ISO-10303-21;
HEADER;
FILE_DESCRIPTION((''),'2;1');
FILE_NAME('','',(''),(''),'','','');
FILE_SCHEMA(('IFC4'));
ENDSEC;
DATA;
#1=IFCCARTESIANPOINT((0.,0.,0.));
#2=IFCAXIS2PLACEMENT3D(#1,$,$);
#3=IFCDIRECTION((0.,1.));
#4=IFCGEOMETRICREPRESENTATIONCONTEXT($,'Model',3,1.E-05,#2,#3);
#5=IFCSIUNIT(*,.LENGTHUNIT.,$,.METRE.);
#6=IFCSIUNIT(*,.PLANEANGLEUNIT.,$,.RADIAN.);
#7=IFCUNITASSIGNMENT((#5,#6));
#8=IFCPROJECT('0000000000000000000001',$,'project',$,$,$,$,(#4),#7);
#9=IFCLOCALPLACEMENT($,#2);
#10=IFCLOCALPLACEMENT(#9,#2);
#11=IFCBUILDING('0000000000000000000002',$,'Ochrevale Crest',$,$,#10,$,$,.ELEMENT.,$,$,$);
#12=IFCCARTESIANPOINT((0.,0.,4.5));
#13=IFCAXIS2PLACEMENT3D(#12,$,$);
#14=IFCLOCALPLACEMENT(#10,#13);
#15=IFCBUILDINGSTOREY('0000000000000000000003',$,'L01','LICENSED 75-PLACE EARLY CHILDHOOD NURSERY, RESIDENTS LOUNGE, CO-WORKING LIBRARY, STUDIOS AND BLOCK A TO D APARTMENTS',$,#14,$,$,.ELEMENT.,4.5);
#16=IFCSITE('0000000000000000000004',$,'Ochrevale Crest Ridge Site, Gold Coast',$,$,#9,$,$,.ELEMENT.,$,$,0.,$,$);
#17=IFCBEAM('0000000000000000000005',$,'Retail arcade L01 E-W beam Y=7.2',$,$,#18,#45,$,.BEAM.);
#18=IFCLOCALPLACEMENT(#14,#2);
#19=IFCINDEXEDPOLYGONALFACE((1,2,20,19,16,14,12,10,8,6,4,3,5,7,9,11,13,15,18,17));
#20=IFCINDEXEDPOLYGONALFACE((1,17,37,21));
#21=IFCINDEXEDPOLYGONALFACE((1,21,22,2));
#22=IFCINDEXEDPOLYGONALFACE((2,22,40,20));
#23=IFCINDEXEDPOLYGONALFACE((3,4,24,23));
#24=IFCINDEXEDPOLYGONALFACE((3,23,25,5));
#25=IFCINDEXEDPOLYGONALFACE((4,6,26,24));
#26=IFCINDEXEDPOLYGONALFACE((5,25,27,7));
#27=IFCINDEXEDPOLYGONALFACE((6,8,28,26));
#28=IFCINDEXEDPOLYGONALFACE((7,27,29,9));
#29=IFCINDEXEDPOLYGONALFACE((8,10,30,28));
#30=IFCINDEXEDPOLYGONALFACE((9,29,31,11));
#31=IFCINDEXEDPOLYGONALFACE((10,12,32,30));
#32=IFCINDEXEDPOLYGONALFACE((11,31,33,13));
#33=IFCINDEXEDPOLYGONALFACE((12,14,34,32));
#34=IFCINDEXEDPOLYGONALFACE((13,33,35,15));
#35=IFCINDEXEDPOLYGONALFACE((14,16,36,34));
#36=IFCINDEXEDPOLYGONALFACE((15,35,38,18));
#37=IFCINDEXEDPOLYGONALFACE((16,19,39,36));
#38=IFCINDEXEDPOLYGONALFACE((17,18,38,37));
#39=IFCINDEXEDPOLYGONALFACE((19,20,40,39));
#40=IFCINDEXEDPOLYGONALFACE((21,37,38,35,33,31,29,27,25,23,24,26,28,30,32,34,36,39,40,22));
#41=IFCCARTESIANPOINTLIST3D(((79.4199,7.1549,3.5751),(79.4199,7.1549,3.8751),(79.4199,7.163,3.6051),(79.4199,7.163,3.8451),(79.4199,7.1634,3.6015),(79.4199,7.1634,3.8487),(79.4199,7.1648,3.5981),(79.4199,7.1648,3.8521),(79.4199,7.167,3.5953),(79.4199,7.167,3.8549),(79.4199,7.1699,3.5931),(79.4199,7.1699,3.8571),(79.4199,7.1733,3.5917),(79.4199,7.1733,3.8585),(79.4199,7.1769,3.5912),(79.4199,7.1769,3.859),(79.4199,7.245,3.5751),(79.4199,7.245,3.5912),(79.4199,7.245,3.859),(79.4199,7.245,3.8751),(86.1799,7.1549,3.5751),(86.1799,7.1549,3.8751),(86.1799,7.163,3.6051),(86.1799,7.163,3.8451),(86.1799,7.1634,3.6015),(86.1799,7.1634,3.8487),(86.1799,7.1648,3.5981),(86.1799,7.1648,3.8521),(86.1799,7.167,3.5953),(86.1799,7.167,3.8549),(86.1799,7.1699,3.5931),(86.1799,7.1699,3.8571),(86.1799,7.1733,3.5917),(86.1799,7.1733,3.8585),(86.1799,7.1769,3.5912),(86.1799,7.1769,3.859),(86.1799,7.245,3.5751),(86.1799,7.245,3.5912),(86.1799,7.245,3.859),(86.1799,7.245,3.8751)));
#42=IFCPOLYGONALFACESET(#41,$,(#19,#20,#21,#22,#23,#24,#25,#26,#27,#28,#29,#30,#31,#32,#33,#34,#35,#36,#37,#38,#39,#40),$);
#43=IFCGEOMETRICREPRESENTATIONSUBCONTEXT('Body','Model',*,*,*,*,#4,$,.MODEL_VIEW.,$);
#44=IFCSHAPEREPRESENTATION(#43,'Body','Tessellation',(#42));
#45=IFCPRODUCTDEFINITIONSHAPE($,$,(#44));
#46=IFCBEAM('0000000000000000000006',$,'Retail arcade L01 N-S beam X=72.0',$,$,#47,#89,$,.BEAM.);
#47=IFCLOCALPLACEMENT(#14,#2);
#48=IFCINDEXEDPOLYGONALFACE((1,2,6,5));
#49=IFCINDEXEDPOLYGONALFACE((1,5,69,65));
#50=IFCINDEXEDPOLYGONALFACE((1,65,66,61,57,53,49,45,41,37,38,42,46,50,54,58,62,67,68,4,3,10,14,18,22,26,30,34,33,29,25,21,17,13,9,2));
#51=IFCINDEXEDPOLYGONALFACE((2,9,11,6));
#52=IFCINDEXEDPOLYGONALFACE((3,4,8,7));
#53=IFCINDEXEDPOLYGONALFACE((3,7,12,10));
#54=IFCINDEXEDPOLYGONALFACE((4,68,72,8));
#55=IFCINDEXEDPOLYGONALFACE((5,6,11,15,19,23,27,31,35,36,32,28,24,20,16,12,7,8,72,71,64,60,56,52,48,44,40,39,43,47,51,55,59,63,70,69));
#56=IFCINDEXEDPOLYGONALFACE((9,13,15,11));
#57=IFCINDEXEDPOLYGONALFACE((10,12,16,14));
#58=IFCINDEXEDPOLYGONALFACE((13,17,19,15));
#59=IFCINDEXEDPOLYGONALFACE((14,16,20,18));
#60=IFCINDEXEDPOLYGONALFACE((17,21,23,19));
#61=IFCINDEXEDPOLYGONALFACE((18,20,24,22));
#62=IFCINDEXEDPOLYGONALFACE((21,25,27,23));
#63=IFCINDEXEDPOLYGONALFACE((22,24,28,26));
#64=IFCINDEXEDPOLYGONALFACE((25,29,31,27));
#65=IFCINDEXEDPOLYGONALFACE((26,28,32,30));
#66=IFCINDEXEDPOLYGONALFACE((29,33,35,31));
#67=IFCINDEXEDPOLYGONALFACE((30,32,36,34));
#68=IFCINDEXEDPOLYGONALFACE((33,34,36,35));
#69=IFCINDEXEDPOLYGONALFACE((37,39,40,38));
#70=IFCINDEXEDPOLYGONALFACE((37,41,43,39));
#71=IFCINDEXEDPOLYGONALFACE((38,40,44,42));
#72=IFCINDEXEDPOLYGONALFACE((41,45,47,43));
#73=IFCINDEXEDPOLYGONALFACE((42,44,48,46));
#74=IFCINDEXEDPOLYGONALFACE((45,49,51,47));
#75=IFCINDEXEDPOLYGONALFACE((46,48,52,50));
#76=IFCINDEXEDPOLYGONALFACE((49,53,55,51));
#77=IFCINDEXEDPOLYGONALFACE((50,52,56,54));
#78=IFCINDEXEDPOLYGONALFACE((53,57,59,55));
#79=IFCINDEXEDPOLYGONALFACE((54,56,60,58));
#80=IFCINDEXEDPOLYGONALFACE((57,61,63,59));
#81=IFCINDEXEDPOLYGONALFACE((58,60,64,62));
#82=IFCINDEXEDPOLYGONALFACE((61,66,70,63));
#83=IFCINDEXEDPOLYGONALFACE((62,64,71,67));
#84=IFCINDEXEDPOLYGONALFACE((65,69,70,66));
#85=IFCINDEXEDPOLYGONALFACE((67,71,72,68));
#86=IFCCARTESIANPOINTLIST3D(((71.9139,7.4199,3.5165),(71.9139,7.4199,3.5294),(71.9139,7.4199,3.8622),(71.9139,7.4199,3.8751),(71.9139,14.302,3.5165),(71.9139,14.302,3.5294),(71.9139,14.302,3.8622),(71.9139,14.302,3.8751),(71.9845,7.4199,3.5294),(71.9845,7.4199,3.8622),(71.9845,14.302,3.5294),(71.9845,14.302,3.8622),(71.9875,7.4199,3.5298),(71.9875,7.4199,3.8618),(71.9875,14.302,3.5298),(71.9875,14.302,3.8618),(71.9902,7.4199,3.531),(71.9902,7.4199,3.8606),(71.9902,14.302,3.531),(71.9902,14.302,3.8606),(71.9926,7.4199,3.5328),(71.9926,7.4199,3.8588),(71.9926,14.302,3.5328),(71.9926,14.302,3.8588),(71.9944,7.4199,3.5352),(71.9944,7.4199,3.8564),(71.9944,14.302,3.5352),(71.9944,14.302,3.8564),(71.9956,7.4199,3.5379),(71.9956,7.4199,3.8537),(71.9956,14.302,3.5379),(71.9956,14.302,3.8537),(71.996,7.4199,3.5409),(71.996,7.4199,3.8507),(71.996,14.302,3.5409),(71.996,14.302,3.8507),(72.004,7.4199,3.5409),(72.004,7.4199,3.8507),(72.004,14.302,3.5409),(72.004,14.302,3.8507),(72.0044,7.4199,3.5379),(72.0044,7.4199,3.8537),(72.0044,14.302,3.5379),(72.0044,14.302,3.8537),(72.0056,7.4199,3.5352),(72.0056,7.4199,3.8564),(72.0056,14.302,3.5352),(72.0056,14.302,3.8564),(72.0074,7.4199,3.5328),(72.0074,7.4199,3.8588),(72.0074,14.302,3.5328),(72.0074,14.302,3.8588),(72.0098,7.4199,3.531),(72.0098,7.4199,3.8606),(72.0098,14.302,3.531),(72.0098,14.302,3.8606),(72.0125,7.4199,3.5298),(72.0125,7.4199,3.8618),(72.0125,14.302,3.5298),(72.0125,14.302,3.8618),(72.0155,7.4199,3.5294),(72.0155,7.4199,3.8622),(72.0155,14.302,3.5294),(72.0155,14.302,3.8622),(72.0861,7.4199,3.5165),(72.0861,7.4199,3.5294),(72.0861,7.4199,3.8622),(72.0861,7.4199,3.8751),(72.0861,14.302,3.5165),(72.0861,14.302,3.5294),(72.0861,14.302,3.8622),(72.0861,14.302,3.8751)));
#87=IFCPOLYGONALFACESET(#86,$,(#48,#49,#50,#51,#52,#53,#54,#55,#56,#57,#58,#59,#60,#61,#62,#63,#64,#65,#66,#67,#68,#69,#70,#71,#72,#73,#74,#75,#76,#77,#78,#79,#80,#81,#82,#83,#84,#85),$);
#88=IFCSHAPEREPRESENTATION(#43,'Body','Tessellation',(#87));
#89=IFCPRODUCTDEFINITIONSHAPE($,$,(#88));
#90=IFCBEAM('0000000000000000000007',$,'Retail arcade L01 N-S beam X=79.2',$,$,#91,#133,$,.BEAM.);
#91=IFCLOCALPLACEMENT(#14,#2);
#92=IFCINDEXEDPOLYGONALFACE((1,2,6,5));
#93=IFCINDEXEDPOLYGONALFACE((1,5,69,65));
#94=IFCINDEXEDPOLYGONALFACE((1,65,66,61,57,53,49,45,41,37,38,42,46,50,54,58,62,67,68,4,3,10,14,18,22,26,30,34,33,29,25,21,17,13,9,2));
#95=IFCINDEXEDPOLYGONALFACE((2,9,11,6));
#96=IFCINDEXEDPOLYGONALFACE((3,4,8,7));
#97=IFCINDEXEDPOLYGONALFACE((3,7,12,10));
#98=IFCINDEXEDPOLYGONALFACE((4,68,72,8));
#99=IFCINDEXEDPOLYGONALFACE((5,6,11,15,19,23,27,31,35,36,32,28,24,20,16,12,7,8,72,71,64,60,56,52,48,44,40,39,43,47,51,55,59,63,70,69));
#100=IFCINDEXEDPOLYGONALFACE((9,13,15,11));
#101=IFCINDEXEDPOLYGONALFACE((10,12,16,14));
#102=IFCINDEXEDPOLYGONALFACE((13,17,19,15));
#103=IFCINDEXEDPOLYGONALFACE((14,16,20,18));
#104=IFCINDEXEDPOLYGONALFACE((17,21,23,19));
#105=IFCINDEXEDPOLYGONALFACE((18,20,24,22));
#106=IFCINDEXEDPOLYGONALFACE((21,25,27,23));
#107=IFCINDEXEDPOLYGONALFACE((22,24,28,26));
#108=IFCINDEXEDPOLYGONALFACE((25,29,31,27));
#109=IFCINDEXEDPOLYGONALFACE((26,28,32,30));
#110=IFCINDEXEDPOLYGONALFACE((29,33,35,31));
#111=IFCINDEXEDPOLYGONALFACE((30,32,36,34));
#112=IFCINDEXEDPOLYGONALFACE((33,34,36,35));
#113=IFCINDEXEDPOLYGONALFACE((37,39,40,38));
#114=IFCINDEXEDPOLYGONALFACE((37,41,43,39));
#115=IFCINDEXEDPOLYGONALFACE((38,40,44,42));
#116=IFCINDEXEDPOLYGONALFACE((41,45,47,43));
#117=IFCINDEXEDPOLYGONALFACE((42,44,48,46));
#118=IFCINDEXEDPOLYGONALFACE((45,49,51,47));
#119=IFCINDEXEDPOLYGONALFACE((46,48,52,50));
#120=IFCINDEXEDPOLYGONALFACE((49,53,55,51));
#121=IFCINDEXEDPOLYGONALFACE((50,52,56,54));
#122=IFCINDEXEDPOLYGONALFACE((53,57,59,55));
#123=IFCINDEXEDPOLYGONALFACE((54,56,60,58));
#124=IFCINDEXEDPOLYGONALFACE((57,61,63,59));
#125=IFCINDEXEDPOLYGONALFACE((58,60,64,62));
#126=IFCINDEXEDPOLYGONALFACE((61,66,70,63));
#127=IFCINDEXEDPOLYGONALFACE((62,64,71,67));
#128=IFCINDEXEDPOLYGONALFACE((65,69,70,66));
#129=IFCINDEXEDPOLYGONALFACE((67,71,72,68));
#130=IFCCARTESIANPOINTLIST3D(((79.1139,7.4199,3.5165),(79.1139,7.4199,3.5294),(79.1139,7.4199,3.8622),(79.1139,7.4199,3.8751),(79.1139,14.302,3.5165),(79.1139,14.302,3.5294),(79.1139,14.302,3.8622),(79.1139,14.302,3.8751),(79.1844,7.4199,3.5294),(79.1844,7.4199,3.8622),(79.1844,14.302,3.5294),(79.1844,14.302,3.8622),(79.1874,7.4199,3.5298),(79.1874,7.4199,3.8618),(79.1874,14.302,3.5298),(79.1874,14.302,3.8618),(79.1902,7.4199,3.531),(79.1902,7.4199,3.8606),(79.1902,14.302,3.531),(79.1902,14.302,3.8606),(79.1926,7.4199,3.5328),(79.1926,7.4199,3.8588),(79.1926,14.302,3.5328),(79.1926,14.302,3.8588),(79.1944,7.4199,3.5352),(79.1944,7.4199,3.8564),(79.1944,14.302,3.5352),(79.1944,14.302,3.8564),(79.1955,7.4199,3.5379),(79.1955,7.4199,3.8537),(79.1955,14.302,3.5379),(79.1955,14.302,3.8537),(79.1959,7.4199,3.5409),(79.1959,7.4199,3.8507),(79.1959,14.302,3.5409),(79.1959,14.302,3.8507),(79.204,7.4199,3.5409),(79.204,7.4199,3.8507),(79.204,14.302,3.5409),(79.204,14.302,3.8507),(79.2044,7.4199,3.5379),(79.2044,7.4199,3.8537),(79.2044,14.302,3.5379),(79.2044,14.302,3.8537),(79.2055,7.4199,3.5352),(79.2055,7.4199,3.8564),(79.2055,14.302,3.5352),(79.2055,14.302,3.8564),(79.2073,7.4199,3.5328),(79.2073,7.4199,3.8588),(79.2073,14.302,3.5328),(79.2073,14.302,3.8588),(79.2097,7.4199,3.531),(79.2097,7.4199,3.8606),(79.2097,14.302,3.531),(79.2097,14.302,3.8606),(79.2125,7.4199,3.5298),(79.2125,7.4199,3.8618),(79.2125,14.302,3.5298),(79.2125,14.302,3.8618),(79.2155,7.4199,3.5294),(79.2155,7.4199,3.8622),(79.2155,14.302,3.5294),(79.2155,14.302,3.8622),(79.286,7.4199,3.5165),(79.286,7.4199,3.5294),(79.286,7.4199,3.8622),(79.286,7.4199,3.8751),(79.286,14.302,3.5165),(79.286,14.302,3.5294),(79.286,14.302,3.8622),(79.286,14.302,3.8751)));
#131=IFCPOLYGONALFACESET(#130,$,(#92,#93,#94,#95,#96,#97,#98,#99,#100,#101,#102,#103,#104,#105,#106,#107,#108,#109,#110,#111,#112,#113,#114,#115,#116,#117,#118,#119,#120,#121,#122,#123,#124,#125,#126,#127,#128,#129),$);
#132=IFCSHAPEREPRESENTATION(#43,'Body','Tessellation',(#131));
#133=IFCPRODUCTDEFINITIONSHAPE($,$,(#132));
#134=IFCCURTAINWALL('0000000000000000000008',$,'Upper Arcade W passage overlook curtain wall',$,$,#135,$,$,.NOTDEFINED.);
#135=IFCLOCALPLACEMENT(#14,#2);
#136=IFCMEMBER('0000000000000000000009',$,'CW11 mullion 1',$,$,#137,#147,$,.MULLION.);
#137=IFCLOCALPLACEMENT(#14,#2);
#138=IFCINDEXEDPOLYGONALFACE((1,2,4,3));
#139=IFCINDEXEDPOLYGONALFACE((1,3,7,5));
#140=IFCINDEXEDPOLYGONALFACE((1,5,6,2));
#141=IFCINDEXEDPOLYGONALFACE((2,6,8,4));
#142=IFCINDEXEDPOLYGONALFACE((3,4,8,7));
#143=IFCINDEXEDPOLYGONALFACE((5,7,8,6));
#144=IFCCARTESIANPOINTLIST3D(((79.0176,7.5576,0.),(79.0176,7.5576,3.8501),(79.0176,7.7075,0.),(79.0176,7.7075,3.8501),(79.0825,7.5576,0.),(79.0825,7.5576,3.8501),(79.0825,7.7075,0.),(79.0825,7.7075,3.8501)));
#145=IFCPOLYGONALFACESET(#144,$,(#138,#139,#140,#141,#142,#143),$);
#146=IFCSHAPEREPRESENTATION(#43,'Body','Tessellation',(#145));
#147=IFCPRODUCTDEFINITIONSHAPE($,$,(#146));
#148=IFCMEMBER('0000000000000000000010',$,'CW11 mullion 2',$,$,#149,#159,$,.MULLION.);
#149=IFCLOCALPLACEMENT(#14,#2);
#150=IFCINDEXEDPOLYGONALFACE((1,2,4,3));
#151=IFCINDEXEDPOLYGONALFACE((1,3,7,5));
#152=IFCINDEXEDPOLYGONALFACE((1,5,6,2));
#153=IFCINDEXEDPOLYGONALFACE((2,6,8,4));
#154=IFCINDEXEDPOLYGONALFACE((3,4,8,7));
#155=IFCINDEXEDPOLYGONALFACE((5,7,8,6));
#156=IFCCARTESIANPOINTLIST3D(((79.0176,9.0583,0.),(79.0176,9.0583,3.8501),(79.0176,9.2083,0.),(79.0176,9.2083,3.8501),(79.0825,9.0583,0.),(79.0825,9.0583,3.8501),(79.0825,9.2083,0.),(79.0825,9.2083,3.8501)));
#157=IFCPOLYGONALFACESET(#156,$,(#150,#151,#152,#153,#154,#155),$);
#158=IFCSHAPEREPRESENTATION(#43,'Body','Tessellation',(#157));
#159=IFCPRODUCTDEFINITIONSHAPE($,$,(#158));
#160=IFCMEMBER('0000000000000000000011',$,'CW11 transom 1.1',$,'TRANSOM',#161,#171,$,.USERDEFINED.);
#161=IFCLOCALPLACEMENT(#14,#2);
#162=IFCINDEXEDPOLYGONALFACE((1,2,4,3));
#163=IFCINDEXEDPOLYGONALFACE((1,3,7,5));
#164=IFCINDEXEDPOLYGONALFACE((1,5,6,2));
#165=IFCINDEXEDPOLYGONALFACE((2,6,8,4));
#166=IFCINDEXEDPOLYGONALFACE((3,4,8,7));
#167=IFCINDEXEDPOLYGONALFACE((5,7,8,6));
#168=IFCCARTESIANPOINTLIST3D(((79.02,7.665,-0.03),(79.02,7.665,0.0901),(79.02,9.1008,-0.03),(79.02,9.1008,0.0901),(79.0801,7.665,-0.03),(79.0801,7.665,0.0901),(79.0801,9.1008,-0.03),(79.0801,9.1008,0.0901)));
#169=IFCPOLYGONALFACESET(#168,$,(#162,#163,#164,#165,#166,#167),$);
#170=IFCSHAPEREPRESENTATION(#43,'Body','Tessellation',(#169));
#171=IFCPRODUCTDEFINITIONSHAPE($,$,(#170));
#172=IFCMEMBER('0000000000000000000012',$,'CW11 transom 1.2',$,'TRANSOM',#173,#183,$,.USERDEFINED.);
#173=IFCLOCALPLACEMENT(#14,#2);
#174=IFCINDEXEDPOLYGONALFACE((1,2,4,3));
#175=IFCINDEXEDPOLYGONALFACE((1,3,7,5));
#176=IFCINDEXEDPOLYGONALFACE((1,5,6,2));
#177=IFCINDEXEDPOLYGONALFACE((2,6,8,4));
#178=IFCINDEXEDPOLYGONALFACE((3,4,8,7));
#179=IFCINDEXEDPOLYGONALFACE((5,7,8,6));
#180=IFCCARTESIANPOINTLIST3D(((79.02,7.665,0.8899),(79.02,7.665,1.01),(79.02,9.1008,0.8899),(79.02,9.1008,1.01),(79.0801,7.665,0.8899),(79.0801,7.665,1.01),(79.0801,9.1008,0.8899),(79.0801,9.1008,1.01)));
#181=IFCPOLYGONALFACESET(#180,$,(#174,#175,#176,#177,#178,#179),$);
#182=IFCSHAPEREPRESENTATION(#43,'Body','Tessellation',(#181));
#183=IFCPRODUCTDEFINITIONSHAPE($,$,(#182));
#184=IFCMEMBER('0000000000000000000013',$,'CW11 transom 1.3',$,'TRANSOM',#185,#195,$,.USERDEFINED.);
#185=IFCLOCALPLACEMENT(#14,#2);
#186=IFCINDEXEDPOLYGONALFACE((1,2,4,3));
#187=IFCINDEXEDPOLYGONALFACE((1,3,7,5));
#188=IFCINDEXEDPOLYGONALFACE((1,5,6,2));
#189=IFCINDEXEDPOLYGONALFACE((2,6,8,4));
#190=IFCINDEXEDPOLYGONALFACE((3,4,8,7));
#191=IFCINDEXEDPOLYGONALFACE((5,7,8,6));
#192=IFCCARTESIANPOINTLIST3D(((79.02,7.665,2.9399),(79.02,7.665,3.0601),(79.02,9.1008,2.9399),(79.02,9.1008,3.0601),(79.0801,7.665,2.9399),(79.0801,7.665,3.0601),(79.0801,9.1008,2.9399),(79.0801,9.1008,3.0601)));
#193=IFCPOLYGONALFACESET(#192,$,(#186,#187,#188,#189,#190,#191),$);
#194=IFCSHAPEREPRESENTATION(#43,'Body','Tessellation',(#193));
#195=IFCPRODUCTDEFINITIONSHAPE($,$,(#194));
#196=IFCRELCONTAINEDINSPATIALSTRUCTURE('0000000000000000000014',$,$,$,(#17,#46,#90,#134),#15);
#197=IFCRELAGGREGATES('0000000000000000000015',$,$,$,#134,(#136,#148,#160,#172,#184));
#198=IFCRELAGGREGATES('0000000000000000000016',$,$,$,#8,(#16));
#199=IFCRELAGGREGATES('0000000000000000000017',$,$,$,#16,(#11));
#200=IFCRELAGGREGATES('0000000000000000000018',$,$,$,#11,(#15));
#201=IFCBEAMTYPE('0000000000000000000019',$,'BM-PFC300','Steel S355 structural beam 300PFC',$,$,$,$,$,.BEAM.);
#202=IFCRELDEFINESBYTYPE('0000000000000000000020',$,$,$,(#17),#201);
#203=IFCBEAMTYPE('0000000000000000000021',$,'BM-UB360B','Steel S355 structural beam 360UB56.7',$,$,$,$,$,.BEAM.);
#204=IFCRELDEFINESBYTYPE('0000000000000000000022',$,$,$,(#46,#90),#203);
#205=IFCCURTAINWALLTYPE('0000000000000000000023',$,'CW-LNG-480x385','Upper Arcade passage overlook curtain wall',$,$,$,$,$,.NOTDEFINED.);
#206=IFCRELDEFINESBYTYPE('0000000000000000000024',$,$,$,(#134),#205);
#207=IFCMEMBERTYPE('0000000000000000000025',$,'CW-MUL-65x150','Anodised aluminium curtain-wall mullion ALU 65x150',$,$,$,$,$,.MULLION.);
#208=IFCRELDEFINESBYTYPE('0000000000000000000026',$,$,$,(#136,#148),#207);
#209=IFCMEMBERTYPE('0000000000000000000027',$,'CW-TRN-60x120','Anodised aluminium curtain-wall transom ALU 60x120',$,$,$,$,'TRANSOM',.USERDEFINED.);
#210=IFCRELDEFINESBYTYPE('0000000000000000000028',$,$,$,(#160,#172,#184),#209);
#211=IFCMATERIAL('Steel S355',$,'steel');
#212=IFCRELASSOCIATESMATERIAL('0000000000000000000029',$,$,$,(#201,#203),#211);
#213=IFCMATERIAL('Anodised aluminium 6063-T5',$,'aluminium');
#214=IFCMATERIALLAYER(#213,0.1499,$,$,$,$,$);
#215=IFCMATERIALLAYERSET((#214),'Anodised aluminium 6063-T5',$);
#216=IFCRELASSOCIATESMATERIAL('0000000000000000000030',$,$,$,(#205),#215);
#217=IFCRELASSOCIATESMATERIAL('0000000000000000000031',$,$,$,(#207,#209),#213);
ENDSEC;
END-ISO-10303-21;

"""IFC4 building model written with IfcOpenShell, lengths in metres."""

from ifc_helpers import new_model, si_unit, direction, frame, origin, origin_2d, place, context, subcontext, project, spatial, rectangle, i_section, u_section, extrude, material, layer, layer_set, material_profile, profile_set, type_object, element, aggregate, save


model = new_model("IFC4")

# Units and contexts
model_context = context("Model", 3, precision=1e-05, world=origin(), true_north=direction((0.0, 1.0)))
body_context = subcontext(model_context, "Body", "Model", "MODEL_VIEW")
ifc_project = project(units=[si_unit("LENGTHUNIT", "METRE"), si_unit("PLANEANGLEUNIT", "RADIAN")], contexts=[model_context])

# Site, building, storey
site_placement = place(None, origin())
site = spatial("IfcSite", under=ifc_project, at=site_placement, Name="Ochrevale Crest Ridge Site, Gold Coast", CompositionType="ELEMENT", RefElevation=0.0)
building_placement = place(site_placement, origin())
building = spatial("IfcBuilding", under=site, at=building_placement, Name="Ochrevale Crest", CompositionType="ELEMENT")
storey_placement = place(building_placement, frame((0.0, 0.0, 4.5)))
storey = spatial("IfcBuildingStorey", under=building, at=storey_placement, Name="L01", Description="LICENSED 75-PLACE EARLY CHILDHOOD NURSERY, RESIDENTS LOUNGE, CO-WORKING LIBRARY, STUDIOS AND BLOCK A TO D APARTMENTS", CompositionType="ELEMENT", Elevation=4.5)

# Beams
ifc_material_1 = material(Name="Steel S355", Category="steel")
ifc_material_profile_1 = material_profile(ifc_material_1, u_section(Depth=0.3, FlangeWidth=0.0901, WebThickness=0.0081, FlangeThickness=0.0161, FilletRadius=0.0139, at=origin_2d()), Name="300PFC")
ifc_profile_set_1 = profile_set([ifc_material_profile_1], Name="Steel S355")
beam_type_1 = type_object("IfcBeamType", Name="BM-PFC300", Description="Steel S355 structural beam 300PFC", PredefinedType="BEAM", material=ifc_profile_set_1)
for number, where, z_axis, x_axis, name in (
    (1, (79.4199, 7.2, 3.7251), (1.0, 0.0, 0.0), (0.0, 1.0, 0.0), "Retail arcade L01 E-W beam Y=7.2"),
):
    element("IfcBeam", number, at=place(storey_placement, frame(where, z_axis=z_axis, x_axis=x_axis)), inside=storey, type_object=beam_type_1, Name=name, PredefinedType="BEAM", context=body_context, shape_type="SweptSolid", body=[
        extrude(u_section(Depth=0.3, FlangeWidth=0.0901, WebThickness=0.0081, FlangeThickness=0.0161, FilletRadius=0.0139, at=origin_2d()), origin(), (0.0, 0.0, 1.0), 6.76),
    ])
ifc_material_profile_2 = material_profile(ifc_material_1, i_section(OverallWidth=0.1721, OverallDepth=0.3586, WebThickness=0.0081, FlangeThickness=0.0129, FilletRadius=0.0115, at=origin_2d()), Name="360UB56.7")
ifc_profile_set_2 = profile_set([ifc_material_profile_2], Name="Steel S355")
beam_type_2 = type_object("IfcBeamType", Name="BM-UB360B", Description="Steel S355 structural beam 360UB56.7", PredefinedType="BEAM", material=ifc_profile_set_2)
for number, where, z_axis, x_axis, name in (
    (2, (72.0, 7.4199, 3.6958), (0.0, 1.0, 0.0), (-1.0, 0.0, 0.0), "Retail arcade L01 N-S beam X=72.0"),
    (3, (79.2, 7.4199, 3.6958), (0.0, 1.0, 0.0), (-1.0, 0.0, 0.0), "Retail arcade L01 N-S beam X=79.2"),
):
    element("IfcBeam", number, at=place(storey_placement, frame(where, z_axis=z_axis, x_axis=x_axis)), inside=storey, type_object=beam_type_2, Name=name, PredefinedType="BEAM", context=body_context, shape_type="SweptSolid", body=[
        extrude(i_section(OverallWidth=0.1721, OverallDepth=0.3586, WebThickness=0.0081, FlangeThickness=0.0129, FilletRadius=0.0115, at=origin_2d()), origin(), (0.0, 0.0, 1.0), 6.8821),
    ])

# Curtain wall, members
ifc_material_2 = material(Name="Anodised aluminium 6063-T5", Category="aluminium")
ifc_layer_1 = layer(ifc_material_2, 0.1499)
ifc_layer_set_1 = layer_set([ifc_layer_1], Name="Anodised aluminium 6063-T5")
curtain_wall_type = type_object("IfcCurtainWallType", Name="CW-LNG-480x385", Description="Upper Arcade passage overlook curtain wall", PredefinedType="NOTDEFINED", material=ifc_layer_set_1)
curtain_wall_placement = place(storey_placement, origin())
curtain_wall = element("IfcCurtainWall", 4, at=curtain_wall_placement, inside=storey, type_object=curtain_wall_type, Name="Upper Arcade W passage overlook curtain wall", PredefinedType="NOTDEFINED")
ifc_material_profile_3 = material_profile(ifc_material_2, rectangle(XDim=0.0649, YDim=0.1499, at=origin_2d()), Name="ALU 65x150")
ifc_profile_set_3 = profile_set([ifc_material_profile_3], Name="Anodised aluminium 6063-T5")
member_type_1 = type_object("IfcMemberType", Name="CW-MUL-65x150", Description="Anodised aluminium curtain-wall mullion ALU 65x150", PredefinedType="MULLION", material=ifc_profile_set_3)
member_1_placement = place(storey_placement, frame((79.05, 7.6326, 0.0), z_axis=(0.0, 0.0, 1.0), x_axis=(-1.0, 0.0, 0.0)))
member_1 = element("IfcMember", 5, at=member_1_placement, type_object=member_type_1, Name="CW11 mullion 1", PredefinedType="MULLION", context=body_context, shape_type="SweptSolid", body=[
    extrude(rectangle(XDim=0.0649, YDim=0.1499, at=origin_2d()), origin(), (0.0, 0.0, 1.0), 3.8501),
])
member_2_placement = place(storey_placement, frame((79.05, 9.1333, 0.0), z_axis=(0.0, 0.0, 1.0), x_axis=(-1.0, 0.0, 0.0)))
member_2 = element("IfcMember", 6, at=member_2_placement, type_object=member_type_1, Name="CW11 mullion 2", PredefinedType="MULLION", context=body_context, shape_type="SweptSolid", body=[
    extrude(rectangle(XDim=0.0649, YDim=0.1499, at=origin_2d()), origin(), (0.0, 0.0, 1.0), 3.8501),
])
ifc_material_profile_4 = material_profile(ifc_material_2, rectangle(XDim=0.0601, YDim=0.1201, at=origin_2d()), Name="ALU 60x120")
ifc_profile_set_4 = profile_set([ifc_material_profile_4], Name="Anodised aluminium 6063-T5")
member_type_2 = type_object("IfcMemberType", Name="CW-TRN-60x120", Description="Anodised aluminium curtain-wall transom ALU 60x120", ElementType="TRANSOM", PredefinedType="USERDEFINED", material=ifc_profile_set_4)
member_3_placement = place(storey_placement, frame((79.05, 7.665, 0.03), z_axis=(0.0, 1.0, 0.0), x_axis=(-1.0, 0.0, 0.0)))
member_3 = element("IfcMember", 7, at=member_3_placement, type_object=member_type_2, Name="CW11 transom 1.1", ObjectType="TRANSOM", PredefinedType="USERDEFINED", context=body_context, shape_type="SweptSolid", body=[
    extrude(rectangle(XDim=0.0601, YDim=0.1201, at=origin_2d()), origin(), (0.0, 0.0, 1.0), 1.4358),
])
member_4_placement = place(storey_placement, frame((79.05, 7.665, 0.95), z_axis=(0.0, 1.0, 0.0), x_axis=(-1.0, 0.0, 0.0)))
member_4 = element("IfcMember", 8, at=member_4_placement, type_object=member_type_2, Name="CW11 transom 1.2", ObjectType="TRANSOM", PredefinedType="USERDEFINED", context=body_context, shape_type="SweptSolid", body=[
    extrude(rectangle(XDim=0.0601, YDim=0.1201, at=origin_2d()), origin(), (0.0, 0.0, 1.0), 1.4358),
])
member_5_placement = place(storey_placement, frame((79.05, 7.665, 3.0), z_axis=(0.0, 1.0, 0.0), x_axis=(-1.0, 0.0, 0.0)))
member_5 = element("IfcMember", 9, at=member_5_placement, type_object=member_type_2, Name="CW11 transom 1.3", ObjectType="TRANSOM", PredefinedType="USERDEFINED", context=body_context, shape_type="SweptSolid", body=[
    extrude(rectangle(XDim=0.0601, YDim=0.1201, at=origin_2d()), origin(), (0.0, 0.0, 1.0), 1.4358),
])

aggregate(curtain_wall, [member_1, member_2, member_3, member_4, member_5])

save(model, "model.ifc")
